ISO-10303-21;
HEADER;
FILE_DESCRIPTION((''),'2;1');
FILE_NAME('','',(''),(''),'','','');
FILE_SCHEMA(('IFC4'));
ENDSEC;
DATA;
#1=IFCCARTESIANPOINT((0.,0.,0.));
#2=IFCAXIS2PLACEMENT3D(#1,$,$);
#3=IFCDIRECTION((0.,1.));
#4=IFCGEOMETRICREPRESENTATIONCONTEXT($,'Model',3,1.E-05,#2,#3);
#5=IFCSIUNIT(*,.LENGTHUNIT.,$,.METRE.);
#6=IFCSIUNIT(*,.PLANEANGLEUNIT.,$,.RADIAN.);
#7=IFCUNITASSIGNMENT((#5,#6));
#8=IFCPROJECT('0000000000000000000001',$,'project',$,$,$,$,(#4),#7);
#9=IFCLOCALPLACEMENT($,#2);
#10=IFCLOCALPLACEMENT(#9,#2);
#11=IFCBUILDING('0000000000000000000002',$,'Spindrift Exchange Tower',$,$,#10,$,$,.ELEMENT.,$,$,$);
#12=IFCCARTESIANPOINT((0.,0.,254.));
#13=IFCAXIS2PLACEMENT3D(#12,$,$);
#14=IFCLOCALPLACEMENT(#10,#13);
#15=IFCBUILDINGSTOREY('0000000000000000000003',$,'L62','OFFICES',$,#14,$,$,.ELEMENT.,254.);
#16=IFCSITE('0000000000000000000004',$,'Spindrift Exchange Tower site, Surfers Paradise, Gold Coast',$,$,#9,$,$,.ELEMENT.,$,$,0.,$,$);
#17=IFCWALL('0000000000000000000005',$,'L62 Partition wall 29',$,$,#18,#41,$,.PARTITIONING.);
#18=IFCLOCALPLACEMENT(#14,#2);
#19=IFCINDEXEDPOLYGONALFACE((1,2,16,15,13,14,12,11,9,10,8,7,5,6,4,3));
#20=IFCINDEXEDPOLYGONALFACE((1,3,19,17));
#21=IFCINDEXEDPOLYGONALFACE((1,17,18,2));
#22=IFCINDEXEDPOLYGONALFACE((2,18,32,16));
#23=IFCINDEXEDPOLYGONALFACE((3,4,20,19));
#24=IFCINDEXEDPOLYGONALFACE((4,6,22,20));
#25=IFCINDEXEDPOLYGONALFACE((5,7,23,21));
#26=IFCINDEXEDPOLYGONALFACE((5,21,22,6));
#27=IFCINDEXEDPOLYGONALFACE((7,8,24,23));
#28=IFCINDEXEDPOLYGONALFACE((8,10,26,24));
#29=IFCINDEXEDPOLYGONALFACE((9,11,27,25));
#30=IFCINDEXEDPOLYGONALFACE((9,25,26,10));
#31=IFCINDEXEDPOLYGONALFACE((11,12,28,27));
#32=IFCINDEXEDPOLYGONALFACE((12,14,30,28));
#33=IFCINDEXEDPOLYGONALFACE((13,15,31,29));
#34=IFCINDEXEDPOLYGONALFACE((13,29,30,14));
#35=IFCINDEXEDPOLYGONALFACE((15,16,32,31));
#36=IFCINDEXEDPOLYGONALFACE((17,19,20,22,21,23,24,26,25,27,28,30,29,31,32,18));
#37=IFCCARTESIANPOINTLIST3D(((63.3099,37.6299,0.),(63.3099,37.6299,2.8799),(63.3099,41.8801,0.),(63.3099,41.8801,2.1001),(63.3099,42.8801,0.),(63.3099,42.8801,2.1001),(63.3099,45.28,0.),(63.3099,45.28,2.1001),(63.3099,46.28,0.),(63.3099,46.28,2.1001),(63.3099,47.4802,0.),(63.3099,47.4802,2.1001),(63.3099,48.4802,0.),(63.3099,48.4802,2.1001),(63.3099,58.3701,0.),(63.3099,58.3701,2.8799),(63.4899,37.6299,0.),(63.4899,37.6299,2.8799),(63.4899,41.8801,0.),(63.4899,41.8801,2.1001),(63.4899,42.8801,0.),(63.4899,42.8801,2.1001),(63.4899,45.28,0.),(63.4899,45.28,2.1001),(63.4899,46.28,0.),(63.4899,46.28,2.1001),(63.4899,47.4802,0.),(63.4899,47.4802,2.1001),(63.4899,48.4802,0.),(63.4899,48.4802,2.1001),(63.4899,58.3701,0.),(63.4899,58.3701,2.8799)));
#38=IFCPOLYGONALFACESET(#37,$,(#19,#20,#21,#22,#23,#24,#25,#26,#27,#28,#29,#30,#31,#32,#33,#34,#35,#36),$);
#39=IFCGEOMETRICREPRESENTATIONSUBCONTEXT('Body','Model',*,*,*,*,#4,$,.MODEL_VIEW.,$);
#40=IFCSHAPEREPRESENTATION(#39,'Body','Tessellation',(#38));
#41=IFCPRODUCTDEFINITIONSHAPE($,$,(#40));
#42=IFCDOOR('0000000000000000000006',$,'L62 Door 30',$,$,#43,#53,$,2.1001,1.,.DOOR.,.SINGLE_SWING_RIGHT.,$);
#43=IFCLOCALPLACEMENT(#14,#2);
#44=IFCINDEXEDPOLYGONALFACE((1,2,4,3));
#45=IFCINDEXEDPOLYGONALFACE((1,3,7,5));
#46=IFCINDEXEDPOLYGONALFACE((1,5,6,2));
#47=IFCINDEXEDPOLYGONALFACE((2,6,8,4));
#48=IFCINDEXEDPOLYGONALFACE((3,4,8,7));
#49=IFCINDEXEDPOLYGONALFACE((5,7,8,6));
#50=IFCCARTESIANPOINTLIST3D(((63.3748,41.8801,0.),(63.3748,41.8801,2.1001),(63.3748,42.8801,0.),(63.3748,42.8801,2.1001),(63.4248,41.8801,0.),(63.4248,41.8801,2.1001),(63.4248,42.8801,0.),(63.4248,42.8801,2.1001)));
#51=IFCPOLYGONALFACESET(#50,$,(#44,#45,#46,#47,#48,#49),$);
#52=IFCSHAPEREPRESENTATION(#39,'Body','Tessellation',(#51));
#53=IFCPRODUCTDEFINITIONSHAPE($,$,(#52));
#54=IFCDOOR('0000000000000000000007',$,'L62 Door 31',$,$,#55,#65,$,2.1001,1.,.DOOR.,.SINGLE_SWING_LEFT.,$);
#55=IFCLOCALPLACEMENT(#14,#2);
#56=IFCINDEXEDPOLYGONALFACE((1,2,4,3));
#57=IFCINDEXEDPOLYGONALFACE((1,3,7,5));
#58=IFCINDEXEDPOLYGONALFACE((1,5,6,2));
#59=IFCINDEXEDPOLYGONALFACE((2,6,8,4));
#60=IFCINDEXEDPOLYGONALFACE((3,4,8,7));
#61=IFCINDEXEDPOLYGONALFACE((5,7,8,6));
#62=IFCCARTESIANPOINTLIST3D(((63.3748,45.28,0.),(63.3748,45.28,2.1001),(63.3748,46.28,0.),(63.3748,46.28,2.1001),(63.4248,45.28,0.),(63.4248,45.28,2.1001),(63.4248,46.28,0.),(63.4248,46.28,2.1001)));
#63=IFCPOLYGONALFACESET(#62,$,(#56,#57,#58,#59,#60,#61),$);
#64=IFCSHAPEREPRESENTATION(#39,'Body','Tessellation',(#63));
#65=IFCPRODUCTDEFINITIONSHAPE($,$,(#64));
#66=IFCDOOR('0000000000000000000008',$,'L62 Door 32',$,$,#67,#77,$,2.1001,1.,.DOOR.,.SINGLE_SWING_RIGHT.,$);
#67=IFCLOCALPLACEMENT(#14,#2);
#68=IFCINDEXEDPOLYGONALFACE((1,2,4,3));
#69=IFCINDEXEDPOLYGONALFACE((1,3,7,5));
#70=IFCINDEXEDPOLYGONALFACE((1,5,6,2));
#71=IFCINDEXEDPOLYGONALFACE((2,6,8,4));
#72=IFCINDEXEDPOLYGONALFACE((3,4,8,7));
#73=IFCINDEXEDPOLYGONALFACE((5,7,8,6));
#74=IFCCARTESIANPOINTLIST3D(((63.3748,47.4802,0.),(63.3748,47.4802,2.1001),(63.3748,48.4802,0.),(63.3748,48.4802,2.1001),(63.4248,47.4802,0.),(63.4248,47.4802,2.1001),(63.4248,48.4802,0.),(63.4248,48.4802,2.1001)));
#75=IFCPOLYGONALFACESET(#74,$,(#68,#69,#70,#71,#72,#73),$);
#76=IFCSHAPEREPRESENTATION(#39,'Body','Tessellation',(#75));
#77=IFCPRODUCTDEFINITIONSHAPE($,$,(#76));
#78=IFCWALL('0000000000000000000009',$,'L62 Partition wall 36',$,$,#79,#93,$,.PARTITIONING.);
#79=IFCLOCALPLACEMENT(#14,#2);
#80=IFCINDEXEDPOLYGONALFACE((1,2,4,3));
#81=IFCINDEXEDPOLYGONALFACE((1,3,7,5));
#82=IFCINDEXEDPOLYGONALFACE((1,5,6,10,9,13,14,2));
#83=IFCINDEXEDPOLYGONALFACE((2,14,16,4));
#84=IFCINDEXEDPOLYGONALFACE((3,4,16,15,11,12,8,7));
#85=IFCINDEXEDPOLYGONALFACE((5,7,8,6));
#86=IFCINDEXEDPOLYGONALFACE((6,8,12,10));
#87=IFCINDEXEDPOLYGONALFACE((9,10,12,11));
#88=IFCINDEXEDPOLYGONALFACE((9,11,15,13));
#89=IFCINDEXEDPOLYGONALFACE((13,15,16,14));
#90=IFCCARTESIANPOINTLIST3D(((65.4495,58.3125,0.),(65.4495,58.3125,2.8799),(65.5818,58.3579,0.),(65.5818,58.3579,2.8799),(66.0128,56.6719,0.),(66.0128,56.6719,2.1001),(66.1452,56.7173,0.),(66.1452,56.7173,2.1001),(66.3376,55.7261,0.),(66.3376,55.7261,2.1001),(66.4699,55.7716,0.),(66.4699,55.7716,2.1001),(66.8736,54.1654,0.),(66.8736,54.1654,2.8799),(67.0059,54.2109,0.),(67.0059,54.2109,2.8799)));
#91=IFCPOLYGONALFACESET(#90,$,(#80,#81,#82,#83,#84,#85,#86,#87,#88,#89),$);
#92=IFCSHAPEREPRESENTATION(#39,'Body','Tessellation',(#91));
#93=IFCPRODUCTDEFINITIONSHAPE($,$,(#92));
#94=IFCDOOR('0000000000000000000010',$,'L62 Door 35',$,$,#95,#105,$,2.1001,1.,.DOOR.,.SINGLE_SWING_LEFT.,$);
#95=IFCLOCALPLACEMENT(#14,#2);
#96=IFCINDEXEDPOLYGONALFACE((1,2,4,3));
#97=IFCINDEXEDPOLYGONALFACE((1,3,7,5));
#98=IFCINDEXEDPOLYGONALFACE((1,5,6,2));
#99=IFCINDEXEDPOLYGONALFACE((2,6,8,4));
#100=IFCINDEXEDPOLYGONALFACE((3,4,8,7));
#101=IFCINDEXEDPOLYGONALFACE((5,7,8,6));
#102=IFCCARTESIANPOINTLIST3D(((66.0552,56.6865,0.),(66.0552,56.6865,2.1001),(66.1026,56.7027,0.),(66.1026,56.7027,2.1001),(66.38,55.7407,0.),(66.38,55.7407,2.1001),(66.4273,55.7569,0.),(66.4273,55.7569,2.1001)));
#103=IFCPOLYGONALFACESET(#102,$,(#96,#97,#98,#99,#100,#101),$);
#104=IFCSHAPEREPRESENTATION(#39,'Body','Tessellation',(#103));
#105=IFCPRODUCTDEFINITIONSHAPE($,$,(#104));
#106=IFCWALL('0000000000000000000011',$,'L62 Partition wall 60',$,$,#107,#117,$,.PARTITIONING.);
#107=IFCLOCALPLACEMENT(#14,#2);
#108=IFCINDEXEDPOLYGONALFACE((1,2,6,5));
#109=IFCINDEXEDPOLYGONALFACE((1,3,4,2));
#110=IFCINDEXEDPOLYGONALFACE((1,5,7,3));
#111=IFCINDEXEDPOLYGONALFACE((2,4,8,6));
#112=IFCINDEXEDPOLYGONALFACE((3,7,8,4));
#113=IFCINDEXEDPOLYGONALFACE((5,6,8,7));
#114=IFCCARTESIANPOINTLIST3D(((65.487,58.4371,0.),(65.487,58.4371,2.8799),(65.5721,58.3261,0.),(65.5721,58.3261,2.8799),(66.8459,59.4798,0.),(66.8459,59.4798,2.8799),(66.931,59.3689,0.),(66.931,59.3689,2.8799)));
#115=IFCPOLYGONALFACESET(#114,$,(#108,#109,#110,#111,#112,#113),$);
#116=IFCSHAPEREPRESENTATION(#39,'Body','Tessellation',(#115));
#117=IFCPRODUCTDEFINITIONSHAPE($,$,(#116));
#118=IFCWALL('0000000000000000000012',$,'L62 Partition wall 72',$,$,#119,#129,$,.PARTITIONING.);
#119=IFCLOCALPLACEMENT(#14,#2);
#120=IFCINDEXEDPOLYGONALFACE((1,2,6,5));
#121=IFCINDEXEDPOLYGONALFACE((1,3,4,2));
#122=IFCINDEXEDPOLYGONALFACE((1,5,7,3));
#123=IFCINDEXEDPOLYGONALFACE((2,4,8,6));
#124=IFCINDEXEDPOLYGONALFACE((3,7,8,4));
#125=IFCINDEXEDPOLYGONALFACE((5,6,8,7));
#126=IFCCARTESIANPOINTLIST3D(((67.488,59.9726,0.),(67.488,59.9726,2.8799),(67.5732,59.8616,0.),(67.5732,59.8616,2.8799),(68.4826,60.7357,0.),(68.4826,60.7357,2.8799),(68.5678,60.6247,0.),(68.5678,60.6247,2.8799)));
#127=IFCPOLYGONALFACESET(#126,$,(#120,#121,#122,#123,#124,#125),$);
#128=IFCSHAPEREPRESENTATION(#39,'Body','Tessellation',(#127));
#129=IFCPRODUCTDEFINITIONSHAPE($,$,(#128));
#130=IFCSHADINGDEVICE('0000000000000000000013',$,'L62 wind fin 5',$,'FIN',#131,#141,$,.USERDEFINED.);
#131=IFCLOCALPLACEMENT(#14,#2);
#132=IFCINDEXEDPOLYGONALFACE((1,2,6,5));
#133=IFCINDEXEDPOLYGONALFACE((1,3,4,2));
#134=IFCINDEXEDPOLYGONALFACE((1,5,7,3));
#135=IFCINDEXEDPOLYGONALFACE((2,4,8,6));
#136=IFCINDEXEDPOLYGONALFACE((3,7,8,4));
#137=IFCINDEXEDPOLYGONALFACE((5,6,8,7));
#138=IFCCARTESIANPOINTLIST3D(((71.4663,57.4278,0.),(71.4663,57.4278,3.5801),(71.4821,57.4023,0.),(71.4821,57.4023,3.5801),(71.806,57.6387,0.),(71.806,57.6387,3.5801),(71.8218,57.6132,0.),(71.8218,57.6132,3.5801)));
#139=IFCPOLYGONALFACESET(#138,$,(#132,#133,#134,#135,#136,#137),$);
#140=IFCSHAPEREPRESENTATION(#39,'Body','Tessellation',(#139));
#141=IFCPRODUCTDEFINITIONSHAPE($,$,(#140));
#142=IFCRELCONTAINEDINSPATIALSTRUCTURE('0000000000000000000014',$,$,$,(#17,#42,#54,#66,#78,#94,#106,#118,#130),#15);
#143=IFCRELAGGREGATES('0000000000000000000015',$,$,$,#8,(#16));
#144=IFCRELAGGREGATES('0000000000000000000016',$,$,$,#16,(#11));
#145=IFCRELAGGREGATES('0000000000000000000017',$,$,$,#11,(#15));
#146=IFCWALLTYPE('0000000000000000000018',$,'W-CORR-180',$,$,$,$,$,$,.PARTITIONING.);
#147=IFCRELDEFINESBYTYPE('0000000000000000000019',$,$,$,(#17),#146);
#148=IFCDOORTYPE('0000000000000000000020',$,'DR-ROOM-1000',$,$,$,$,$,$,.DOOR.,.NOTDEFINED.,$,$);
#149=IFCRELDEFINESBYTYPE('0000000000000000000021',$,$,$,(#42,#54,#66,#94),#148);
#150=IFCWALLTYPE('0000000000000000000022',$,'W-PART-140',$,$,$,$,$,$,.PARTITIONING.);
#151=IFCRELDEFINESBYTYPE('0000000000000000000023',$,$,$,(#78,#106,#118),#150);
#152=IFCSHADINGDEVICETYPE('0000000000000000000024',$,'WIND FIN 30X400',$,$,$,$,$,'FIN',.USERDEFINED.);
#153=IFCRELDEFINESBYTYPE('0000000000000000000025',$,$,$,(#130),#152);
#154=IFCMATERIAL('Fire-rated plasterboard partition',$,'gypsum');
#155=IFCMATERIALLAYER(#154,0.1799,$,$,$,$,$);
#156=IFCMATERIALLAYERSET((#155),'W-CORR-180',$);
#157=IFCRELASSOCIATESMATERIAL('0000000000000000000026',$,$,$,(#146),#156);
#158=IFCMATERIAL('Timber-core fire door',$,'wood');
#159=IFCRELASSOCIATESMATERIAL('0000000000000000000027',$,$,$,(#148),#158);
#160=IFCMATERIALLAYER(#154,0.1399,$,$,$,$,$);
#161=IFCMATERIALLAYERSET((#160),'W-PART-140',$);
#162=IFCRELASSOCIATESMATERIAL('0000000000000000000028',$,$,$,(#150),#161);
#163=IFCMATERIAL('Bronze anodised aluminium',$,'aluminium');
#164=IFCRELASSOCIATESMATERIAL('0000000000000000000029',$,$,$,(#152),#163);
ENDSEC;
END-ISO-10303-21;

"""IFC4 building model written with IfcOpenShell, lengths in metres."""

from ifc_helpers import new_model, si_unit, direction, frame, frame_2d, origin, origin_2d, place, context, subcontext, project, spatial, rectangle, extrude, source, transform, mapped, material, layer, layer_set, material_profile, profile_set, type_object, element, fill, save


model = new_model("IFC4")

# Units and contexts
model_context = context("Model", 3, precision=1e-05, world=origin(), true_north=direction((0.0, 1.0)))
body_context = subcontext(model_context, "Body", "Model", "MODEL_VIEW")
ifc_project = project(units=[si_unit("LENGTHUNIT", "METRE"), si_unit("PLANEANGLEUNIT", "RADIAN")], contexts=[model_context])

# Site, building, storey
site_placement = place(None, origin())
site = spatial("IfcSite", under=ifc_project, at=site_placement, Name="Spindrift Exchange Tower site, Surfers Paradise, Gold Coast", CompositionType="ELEMENT", RefElevation=0.0)
building_placement = place(site_placement, origin())
building = spatial("IfcBuilding", under=site, at=building_placement, Name="Spindrift Exchange Tower", CompositionType="ELEMENT")
storey_placement = place(building_placement, frame((0.0, 0.0, 254.0)))
storey = spatial("IfcBuildingStorey", under=building, at=storey_placement, Name="L62", Description="OFFICES", CompositionType="ELEMENT", Elevation=254.0)

# Shared definitions
ifc_material_1 = material(Name="Bronze anodised aluminium", Category="aluminium")

# Wall, openings, doors
ifc_material_2 = material(Name="Fire-rated plasterboard partition", Category="gypsum")
ifc_layer_1 = layer(ifc_material_2, 0.1799)
ifc_layer_set_1 = layer_set([ifc_layer_1], Name="W-CORR-180")
wall_type_1 = type_object("IfcWallType", Name="W-CORR-180", PredefinedType="PARTITIONING", material=ifc_layer_set_1)
wall_1_placement = place(storey_placement, frame((63.3999, 58.3701, 0.0), z_axis=(0.0, 0.0, 1.0), x_axis=(0.0, -1.0, 0.0)))
wall_1 = element("IfcWall", 1, at=wall_1_placement, inside=storey, type_object=wall_type_1, Name="L62 Partition wall 29", PredefinedType="PARTITIONING", context=body_context, shape_type="SweptSolid", body=[
    extrude(rectangle(XDim=20.7402, YDim=0.1799, at=frame_2d((10.3701, 0.0))), origin(), (0.0, 0.0, 1.0), 2.8799),
])
opening_1_placement = place(wall_1_placement, frame((15.49, 0.0, 0.0)))
opening_1 = element("IfcOpeningElement", 2, at=opening_1_placement, cuts=wall_1, PredefinedType="OPENING", context=body_context, shape_type="SweptSolid", body=[
    extrude(rectangle(XDim=1.0, YDim=2.1001, at=frame_2d((0.5, 1.05))), frame((0.0, 0.0999, 0.0), z_axis=(0.0, -1.0, 0.0), x_axis=(1.0, 0.0, 0.0)), (0.0, 0.0, 1.0), 0.2),
])
opening_2_placement = place(wall_1_placement, frame((12.0901, 0.0, 0.0)))
opening_2 = element("IfcOpeningElement", 3, at=opening_2_placement, cuts=wall_1, PredefinedType="OPENING", context=body_context, shape_type="SweptSolid", body=[
    extrude(rectangle(XDim=1.0, YDim=2.1001, at=frame_2d((0.5, 1.05))), frame((0.0, 0.0999, 0.0), z_axis=(0.0, -1.0, 0.0), x_axis=(1.0, 0.0, 0.0)), (0.0, 0.0, 1.0), 0.2),
])
opening_3_placement = place(wall_1_placement, frame((9.8899, 0.0, 0.0)))
opening_3 = element("IfcOpeningElement", 4, at=opening_3_placement, cuts=wall_1, PredefinedType="OPENING", context=body_context, shape_type="SweptSolid", body=[
    extrude(rectangle(XDim=1.0, YDim=2.1001, at=frame_2d((0.5, 1.05))), frame((0.0, 0.0999, 0.0), z_axis=(0.0, -1.0, 0.0), x_axis=(1.0, 0.0, 0.0)), (0.0, 0.0, 1.0), 0.2),
])
ifc_material_3 = material(Name="Timber-core fire door", Category="wood")
door_type = type_object("IfcDoorType", Name="DR-ROOM-1000", OperationType="NOTDEFINED", PredefinedType="DOOR", material=ifc_material_3)
shared_shape_1 = source(origin(), body_context, "Body", "SweptSolid", [
    extrude(rectangle(XDim=1.0, YDim=2.1001, at=frame_2d((0.5, 1.05))), frame((0.0, 0.0249, 0.0), z_axis=(0.0, -1.0, 0.0), x_axis=(1.0, 0.0, 0.0)), (0.0, 0.0, 1.0), 0.05),
])
door_1_placement = place(opening_1_placement, origin())
door_1 = element("IfcDoor", 5, at=door_1_placement, inside=storey, type_object=door_type, Name="L62 Door 30", OperationType="SINGLE_SWING_RIGHT", OverallHeight=2.1001, OverallWidth=1.0, PredefinedType="DOOR", context=body_context, shape_type="MappedRepresentation", body=[
    mapped(shared_shape_1, transform((0.0, 0.0, 0.0), scale=1.0)),
])
fill(opening_1, door_1)
door_2_placement = place(opening_2_placement, origin())
door_2 = element("IfcDoor", 6, at=door_2_placement, inside=storey, type_object=door_type, Name="L62 Door 31", OperationType="SINGLE_SWING_LEFT", OverallHeight=2.1001, OverallWidth=1.0, PredefinedType="DOOR", context=body_context, shape_type="MappedRepresentation", body=[
    mapped(shared_shape_1, transform((0.0, 0.0, 0.0), scale=1.0)),
])
fill(opening_2, door_2)
door_3_placement = place(opening_3_placement, origin())
door_3 = element("IfcDoor", 7, at=door_3_placement, inside=storey, type_object=door_type, Name="L62 Door 32", OperationType="SINGLE_SWING_RIGHT", OverallHeight=2.1001, OverallWidth=1.0, PredefinedType="DOOR", context=body_context, shape_type="MappedRepresentation", body=[
    mapped(shared_shape_1, transform((0.0, 0.0, 0.0), scale=1.0)),
])
fill(opening_3, door_3)

# Wall, opening, door
ifc_layer_2 = layer(ifc_material_2, 0.1399)
ifc_layer_set_2 = layer_set([ifc_layer_2], Name="W-PART-140")
wall_type_2 = type_object("IfcWallType", Name="W-PART-140", PredefinedType="PARTITIONING", material=ifc_layer_set_2)
wall_2_placement = place(storey_placement, frame((65.5156, 58.3352, 0.0), z_axis=(0.0, 0.0, 1.0), x_axis=(0.324784, -0.945788, 0.0)))
wall_2 = element("IfcWall", 8, at=wall_2_placement, inside=storey, type_object=wall_type_2, Name="L62 Partition wall 36", PredefinedType="PARTITIONING", context=body_context, shape_type="SweptSolid", body=[
    extrude(rectangle(XDim=4.3848, YDim=0.1399, at=frame_2d((2.1924, 0.0))), origin(), (0.0, 0.0, 1.0), 2.8799),
])
opening_4_placement = place(wall_2_placement, frame((1.7346, 0.0, 0.0)))
opening_4 = element("IfcOpeningElement", 9, at=opening_4_placement, cuts=wall_2, PredefinedType="OPENING", context=body_context, shape_type="SweptSolid", body=[
    extrude(rectangle(XDim=1.0, YDim=2.1001, at=frame_2d((0.5, 1.05))), frame((0.0, 0.0798, 0.0), z_axis=(0.0, -1.0, 0.0), x_axis=(1.0, 0.0, 0.0)), (0.0, 0.0, 1.0), 0.1599),
])
door_4_placement = place(opening_4_placement, origin())
door_4 = element("IfcDoor", 10, at=door_4_placement, inside=storey, type_object=door_type, Name="L62 Door 35", OperationType="SINGLE_SWING_LEFT", OverallHeight=2.1001, OverallWidth=1.0, PredefinedType="DOOR", context=body_context, shape_type="MappedRepresentation", body=[
    mapped(shared_shape_1, transform((0.0, 0.0, 0.0), scale=1.0)),
])
fill(opening_4, door_4)

# Walls
wall_3_placement = place(storey_placement, frame((65.5295, 58.3816, 0.0), z_axis=(0.0, 0.0, 1.0), x_axis=(0.793349, 0.608767, 0.0)))
element("IfcWall", 11, at=wall_3_placement, inside=storey, type_object=wall_type_2, Name="L62 Partition wall 60", PredefinedType="PARTITIONING", context=body_context, shape_type="SweptSolid", body=[
    extrude(rectangle(XDim=1.7129, YDim=0.1399, at=frame_2d((0.8564, 0.0))), origin(), (0.0, 0.0, 1.0), 2.8799),
])
wall_4_placement = place(storey_placement, frame((67.5305, 59.917, 0.0), z_axis=(0.0, 0.0, 1.0), x_axis=(0.793362, 0.60875, 0.0)))
element("IfcWall", 12, at=wall_4_placement, inside=storey, type_object=wall_type_2, Name="L62 Partition wall 72", PredefinedType="PARTITIONING", context=body_context, shape_type="SweptSolid", body=[
    extrude(rectangle(XDim=1.2537, YDim=0.1399, at=frame_2d((0.627, 0.0))), origin(), (0.0, 0.0, 1.0), 2.8799),
])

# Shading device
ifc_material_profile_1 = material_profile(ifc_material_1, rectangle(XDim=0.03, YDim=0.3999, at=origin_2d()), Name="WIND FIN 30X400")
ifc_profile_set_1 = profile_set([ifc_material_profile_1], Name="Bronze anodised aluminium")
shading_device_type = type_object("IfcShadingDeviceType", Name="WIND FIN 30X400", ElementType="FIN", PredefinedType="USERDEFINED", material=ifc_profile_set_1)
shared_shape_2 = source(origin(), body_context, "Body", "SweptSolid", [
    extrude(rectangle(XDim=0.03, YDim=0.3999, at=origin_2d()), origin(), (0.0, 0.0, 1.0), 3.5801),
])
shading_device_placement = place(storey_placement, frame((71.644, 57.5205, 0.0), z_axis=(0.0, 0.0, 1.0), x_axis=(-0.52751, 0.849549, 0.0)))
element("IfcShadingDevice", 13, at=shading_device_placement, inside=storey, type_object=shading_device_type, Name="L62 wind fin 5", ObjectType="FIN", PredefinedType="USERDEFINED", context=body_context, shape_type="MappedRepresentation", body=[
    mapped(shared_shape_2, transform((0.0, 0.0, 0.0), scale=1.0)),
])

save(model, "model.ifc")
